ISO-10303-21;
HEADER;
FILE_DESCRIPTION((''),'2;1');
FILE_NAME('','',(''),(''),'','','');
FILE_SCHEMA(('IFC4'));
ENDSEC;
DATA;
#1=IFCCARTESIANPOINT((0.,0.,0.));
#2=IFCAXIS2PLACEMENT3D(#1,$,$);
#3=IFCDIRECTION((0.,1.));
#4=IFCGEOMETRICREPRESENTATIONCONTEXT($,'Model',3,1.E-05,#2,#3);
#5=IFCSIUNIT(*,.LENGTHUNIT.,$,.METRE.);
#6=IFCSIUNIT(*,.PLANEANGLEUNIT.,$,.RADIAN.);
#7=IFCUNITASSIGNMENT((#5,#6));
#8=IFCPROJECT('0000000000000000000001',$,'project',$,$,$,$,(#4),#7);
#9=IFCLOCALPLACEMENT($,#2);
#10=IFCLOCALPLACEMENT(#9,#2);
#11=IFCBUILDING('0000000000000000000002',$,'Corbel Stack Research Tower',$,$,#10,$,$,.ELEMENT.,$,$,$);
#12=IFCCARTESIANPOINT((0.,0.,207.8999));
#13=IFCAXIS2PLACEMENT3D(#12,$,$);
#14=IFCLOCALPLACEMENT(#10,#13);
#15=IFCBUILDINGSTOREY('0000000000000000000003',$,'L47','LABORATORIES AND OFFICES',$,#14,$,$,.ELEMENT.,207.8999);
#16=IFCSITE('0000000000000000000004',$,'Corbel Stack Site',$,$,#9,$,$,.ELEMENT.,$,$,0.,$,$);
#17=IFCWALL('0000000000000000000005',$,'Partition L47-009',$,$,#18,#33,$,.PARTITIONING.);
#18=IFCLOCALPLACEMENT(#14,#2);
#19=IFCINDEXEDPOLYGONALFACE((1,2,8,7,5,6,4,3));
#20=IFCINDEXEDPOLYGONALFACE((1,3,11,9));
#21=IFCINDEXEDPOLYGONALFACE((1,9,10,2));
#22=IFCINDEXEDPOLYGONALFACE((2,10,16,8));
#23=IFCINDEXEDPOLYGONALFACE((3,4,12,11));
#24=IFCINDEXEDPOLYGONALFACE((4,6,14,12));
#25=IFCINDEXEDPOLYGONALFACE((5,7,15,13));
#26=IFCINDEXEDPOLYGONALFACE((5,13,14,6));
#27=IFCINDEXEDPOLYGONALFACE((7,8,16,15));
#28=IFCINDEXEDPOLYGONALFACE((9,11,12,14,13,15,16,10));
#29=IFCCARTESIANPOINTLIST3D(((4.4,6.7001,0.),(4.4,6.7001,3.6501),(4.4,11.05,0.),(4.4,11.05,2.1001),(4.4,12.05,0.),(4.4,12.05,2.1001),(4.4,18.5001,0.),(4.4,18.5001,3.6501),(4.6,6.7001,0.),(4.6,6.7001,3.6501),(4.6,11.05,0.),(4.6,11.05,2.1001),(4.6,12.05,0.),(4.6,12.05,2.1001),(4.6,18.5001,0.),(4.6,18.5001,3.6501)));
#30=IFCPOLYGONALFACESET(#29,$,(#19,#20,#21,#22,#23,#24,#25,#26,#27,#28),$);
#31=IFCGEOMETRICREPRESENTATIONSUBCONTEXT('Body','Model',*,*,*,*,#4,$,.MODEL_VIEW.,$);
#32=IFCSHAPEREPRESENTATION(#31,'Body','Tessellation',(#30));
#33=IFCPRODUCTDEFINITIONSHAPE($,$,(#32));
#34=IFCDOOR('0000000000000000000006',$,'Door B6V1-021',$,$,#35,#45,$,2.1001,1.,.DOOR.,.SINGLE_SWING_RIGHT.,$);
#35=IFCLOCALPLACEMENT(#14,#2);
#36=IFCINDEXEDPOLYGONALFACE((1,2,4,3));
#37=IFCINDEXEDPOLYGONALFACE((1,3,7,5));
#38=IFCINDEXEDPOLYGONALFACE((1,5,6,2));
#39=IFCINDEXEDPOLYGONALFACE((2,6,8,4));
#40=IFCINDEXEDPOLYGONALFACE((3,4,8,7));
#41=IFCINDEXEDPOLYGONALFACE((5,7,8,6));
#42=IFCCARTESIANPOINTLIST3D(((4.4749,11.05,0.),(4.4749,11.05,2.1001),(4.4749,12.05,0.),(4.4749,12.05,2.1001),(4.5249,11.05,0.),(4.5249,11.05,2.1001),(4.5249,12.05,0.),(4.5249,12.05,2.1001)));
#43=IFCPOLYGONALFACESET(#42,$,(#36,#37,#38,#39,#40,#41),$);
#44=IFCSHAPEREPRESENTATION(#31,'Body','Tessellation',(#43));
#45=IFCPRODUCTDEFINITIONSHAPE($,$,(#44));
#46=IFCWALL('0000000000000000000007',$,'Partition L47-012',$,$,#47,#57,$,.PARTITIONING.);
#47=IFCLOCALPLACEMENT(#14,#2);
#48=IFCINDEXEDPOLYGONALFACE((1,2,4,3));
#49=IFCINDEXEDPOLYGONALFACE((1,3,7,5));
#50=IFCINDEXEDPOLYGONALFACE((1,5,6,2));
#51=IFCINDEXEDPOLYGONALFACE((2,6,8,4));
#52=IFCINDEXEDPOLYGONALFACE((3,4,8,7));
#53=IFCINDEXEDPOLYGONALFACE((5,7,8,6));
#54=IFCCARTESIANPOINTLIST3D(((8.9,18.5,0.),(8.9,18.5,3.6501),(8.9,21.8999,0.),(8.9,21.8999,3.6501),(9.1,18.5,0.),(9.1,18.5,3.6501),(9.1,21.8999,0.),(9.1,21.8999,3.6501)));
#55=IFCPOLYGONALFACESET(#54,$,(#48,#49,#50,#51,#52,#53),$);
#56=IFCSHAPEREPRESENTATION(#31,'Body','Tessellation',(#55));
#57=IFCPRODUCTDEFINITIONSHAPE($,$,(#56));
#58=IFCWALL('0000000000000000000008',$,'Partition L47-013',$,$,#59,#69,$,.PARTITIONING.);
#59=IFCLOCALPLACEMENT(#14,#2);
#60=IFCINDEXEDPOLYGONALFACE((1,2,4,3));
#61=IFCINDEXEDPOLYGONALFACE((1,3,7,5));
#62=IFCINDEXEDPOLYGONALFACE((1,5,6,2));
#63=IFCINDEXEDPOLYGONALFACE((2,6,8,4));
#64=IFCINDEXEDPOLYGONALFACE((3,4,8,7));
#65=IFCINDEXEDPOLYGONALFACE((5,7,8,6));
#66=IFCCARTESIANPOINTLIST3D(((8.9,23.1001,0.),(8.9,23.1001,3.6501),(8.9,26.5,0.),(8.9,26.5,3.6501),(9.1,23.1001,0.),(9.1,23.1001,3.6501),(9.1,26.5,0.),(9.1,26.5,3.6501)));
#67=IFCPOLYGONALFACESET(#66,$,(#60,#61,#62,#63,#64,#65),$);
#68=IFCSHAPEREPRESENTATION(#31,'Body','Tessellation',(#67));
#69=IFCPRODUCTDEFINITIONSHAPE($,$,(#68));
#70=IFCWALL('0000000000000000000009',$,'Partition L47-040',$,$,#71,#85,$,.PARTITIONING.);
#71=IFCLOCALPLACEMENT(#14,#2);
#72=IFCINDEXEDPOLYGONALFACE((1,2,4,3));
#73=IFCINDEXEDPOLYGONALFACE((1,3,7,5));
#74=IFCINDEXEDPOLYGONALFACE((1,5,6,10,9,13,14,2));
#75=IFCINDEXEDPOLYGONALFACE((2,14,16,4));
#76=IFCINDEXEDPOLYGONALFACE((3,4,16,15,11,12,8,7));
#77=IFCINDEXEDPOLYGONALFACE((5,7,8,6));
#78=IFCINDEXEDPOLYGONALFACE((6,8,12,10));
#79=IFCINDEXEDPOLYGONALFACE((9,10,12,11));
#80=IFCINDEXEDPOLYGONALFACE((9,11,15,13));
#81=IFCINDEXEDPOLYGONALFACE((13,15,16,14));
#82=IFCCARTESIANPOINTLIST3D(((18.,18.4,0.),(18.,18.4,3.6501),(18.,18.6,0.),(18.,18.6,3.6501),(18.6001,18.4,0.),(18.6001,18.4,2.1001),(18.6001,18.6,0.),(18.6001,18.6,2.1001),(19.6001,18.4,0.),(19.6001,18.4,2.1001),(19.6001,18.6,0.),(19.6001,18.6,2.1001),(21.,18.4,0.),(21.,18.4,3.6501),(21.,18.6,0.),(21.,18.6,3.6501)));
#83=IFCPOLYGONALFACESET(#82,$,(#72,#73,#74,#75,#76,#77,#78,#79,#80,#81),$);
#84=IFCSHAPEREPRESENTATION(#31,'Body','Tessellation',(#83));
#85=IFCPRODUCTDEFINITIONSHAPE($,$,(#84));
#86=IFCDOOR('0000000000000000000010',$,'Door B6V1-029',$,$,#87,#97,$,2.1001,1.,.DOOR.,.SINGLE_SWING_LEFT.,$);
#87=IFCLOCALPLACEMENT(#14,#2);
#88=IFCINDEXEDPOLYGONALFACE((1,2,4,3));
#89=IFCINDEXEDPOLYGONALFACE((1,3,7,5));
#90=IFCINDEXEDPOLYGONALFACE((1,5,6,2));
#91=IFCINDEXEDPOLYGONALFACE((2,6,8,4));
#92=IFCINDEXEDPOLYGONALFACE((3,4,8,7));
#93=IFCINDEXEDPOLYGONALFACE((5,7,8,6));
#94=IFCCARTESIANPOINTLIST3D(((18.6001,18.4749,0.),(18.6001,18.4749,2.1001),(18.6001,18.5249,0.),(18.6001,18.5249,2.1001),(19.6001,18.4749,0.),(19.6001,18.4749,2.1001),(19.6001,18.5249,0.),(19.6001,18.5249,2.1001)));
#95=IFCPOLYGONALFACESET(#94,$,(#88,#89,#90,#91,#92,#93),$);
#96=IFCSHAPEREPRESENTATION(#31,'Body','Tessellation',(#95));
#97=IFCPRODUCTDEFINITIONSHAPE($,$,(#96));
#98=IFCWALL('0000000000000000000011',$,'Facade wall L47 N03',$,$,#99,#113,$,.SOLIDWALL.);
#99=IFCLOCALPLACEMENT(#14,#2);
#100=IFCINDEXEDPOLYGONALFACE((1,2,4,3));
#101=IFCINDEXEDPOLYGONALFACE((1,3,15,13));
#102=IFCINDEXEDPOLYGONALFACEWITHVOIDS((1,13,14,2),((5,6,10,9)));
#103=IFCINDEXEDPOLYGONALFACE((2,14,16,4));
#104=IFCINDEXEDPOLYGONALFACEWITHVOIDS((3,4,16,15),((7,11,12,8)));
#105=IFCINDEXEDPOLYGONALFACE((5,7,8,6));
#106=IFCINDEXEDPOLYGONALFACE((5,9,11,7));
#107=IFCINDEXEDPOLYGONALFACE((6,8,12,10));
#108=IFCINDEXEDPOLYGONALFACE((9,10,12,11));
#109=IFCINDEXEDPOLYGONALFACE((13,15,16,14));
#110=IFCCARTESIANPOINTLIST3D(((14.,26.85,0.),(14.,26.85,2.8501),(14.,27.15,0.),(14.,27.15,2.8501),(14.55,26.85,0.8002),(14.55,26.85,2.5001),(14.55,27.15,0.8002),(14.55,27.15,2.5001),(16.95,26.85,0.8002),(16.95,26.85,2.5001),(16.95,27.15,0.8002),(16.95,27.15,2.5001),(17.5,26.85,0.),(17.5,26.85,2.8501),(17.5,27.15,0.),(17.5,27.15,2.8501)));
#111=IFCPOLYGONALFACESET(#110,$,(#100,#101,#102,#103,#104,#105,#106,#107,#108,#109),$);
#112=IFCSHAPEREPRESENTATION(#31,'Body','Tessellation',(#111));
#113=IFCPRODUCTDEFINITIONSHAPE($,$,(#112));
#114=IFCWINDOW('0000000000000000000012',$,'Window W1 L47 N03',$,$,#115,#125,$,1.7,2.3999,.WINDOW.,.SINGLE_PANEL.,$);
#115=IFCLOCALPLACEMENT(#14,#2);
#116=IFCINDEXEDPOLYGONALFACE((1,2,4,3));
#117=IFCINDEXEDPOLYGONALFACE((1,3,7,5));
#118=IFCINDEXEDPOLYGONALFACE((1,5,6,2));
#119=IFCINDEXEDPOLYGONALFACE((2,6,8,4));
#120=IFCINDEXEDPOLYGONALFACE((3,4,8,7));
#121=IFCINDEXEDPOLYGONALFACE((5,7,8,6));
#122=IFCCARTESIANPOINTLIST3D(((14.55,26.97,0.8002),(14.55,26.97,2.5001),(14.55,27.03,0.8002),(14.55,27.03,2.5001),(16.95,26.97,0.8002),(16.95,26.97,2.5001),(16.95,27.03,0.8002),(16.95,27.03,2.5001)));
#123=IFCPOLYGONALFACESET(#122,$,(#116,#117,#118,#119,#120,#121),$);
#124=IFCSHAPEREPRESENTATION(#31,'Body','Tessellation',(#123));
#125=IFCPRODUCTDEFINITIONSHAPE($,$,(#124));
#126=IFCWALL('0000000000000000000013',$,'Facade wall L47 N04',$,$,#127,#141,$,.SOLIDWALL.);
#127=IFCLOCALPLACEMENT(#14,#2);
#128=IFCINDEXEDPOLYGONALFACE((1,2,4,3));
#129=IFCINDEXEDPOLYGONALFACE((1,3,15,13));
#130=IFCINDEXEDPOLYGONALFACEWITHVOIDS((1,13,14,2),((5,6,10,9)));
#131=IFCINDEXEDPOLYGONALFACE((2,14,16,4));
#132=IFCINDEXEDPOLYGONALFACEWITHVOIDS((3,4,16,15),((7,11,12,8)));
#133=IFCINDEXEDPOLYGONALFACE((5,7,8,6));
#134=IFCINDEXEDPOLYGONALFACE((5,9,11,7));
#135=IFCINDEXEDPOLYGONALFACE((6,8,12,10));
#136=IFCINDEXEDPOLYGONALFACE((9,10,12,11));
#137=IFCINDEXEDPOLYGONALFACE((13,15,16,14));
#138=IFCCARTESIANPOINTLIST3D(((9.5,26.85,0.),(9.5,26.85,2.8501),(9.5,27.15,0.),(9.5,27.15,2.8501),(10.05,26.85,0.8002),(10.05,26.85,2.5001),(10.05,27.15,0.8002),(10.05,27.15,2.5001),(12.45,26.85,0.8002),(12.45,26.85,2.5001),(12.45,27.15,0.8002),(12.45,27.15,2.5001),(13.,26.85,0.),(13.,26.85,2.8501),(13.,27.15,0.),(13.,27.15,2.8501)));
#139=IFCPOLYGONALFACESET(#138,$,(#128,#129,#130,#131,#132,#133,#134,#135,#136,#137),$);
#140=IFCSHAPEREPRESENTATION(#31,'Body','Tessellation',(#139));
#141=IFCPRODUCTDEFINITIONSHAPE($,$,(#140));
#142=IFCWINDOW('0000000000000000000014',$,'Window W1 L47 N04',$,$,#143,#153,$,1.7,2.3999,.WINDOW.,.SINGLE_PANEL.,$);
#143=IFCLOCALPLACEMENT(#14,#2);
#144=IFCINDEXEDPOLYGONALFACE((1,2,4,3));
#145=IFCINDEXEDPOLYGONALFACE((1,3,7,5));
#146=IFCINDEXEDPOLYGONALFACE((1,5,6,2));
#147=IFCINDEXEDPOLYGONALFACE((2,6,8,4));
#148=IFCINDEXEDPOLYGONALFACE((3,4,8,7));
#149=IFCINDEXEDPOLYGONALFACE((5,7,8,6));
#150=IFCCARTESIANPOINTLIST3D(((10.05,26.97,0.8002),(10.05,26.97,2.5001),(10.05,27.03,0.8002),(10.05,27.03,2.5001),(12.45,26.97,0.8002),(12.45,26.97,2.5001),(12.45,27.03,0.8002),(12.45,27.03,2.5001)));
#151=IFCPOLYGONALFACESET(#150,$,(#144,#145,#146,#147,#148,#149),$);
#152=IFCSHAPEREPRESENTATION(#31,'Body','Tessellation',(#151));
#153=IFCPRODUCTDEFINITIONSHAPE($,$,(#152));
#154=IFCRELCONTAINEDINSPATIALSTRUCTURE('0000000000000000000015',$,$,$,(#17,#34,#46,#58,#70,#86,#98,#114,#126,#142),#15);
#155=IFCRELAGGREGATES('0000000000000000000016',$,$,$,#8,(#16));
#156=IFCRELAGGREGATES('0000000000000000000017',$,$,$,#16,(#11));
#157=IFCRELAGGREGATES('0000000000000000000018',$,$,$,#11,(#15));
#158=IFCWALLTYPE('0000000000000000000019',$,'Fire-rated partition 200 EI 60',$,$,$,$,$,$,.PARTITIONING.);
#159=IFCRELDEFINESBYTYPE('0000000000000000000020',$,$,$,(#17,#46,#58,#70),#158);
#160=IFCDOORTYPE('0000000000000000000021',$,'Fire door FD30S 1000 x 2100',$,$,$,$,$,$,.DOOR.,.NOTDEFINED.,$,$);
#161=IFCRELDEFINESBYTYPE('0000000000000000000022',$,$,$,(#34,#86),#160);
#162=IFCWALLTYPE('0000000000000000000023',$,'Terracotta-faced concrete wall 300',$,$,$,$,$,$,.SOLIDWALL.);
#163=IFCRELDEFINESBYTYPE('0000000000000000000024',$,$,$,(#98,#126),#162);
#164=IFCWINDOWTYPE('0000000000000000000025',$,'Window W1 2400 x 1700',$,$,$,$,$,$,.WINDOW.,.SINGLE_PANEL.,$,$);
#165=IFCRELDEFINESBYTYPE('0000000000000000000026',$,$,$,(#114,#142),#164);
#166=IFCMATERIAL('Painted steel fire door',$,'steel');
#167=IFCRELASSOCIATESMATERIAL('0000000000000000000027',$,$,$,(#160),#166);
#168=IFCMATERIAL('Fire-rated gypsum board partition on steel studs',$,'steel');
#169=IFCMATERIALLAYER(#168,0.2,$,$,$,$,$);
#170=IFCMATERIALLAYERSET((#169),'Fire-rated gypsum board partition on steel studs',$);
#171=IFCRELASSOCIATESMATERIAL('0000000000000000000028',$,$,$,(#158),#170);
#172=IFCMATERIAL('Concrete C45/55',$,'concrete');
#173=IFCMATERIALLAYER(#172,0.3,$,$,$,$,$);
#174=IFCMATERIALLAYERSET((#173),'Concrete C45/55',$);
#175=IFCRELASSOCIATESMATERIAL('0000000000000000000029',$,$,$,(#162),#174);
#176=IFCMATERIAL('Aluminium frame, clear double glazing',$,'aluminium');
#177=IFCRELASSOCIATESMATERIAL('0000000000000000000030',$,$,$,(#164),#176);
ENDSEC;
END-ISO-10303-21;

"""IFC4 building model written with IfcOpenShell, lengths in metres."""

from ifc_helpers import new_model, si_unit, direction, frame, frame_2d, origin, place, context, subcontext, project, spatial, rectangle, extrude, material, layer, layer_set, type_object, element, fill, save


model = new_model("IFC4")

# Units and contexts
model_context = context("Model", 3, precision=1e-05, world=origin(), true_north=direction((0.0, 1.0)))
body_context = subcontext(model_context, "Body", "Model", "MODEL_VIEW")
ifc_project = project(units=[si_unit("LENGTHUNIT", "METRE"), si_unit("PLANEANGLEUNIT", "RADIAN")], contexts=[model_context])

# Site, building, storey
site_placement = place(None, origin())
site = spatial("IfcSite", under=ifc_project, at=site_placement, Name="Corbel Stack Site", CompositionType="ELEMENT", RefElevation=0.0)
building_placement = place(site_placement, origin())
building = spatial("IfcBuilding", under=site, at=building_placement, Name="Corbel Stack Research Tower", CompositionType="ELEMENT")
storey_placement = place(building_placement, frame((0.0, 0.0, 207.8999)))
storey = spatial("IfcBuildingStorey", under=building, at=storey_placement, Name="L47", Description="LABORATORIES AND OFFICES", CompositionType="ELEMENT", Elevation=207.8999)

# Wall, opening, door
ifc_material_1 = material(Name="Painted steel fire door", Category="steel")
door_type = type_object("IfcDoorType", Name="Fire door FD30S 1000 x 2100", OperationType="NOTDEFINED", PredefinedType="DOOR", material=ifc_material_1)
ifc_material_2 = material(Name="Fire-rated gypsum board partition on steel studs", Category="steel")
ifc_layer_1 = layer(ifc_material_2, 0.2)
ifc_layer_set_1 = layer_set([ifc_layer_1], Name="Fire-rated gypsum board partition on steel studs")
wall_type_1 = type_object("IfcWallType", Name="Fire-rated partition 200 EI 60", PredefinedType="PARTITIONING", material=ifc_layer_set_1)
wall_1_placement = place(storey_placement, frame((4.5, 18.5, 0.0), z_axis=(0.0, 0.0, 1.0), x_axis=(0.0, -1.0, 0.0)))
wall_1 = element("IfcWall", 1, at=wall_1_placement, inside=storey, type_object=wall_type_1, Name="Partition L47-009", PredefinedType="PARTITIONING", context=body_context, shape_type="SweptSolid", body=[
    extrude(rectangle(XDim=11.8, YDim=0.2, at=frame_2d((5.8999, 0.0))), origin(), (0.0, 0.0, 1.0), 3.6501),
])
opening_1_placement = place(wall_1_placement, frame((6.45, 0.0, 0.0)))
opening_1 = element("IfcOpeningElement", 2, at=opening_1_placement, cuts=wall_1, PredefinedType="OPENING", context=body_context, shape_type="SweptSolid", body=[
    extrude(rectangle(XDim=1.0, YDim=2.1001, at=frame_2d((0.5, 1.05))), frame((0.0, 0.1099, 0.0), z_axis=(0.0, -1.0, 0.0), x_axis=(1.0, 0.0, 0.0)), (0.0, 0.0, 1.0), 0.22),
])
door_1_placement = place(opening_1_placement, origin())
door_1 = element("IfcDoor", 3, at=door_1_placement, inside=storey, type_object=door_type, Name="Door B6V1-021", OperationType="SINGLE_SWING_RIGHT", OverallHeight=2.1001, OverallWidth=1.0, PredefinedType="DOOR", context=body_context, shape_type="SweptSolid", body=[
    extrude(rectangle(XDim=1.0, YDim=2.1001, at=frame_2d((0.5, 1.05))), frame((0.0, 0.0249, 0.0), z_axis=(0.0, -1.0, 0.0), x_axis=(1.0, 0.0, 0.0)), (0.0, 0.0, 1.0), 0.05),
])
fill(opening_1, door_1)

# Walls
for number, where, z_axis, x_axis, name in (
    (4, (9.0, 18.5, 0.0), (0.0, 0.0, 1.0), (0.0, 1.0, 0.0), "Partition L47-012"),
    (5, (9.0, 23.1001, 0.0), (0.0, 0.0, 1.0), (0.0, 1.0, 0.0), "Partition L47-013"),
):
    element("IfcWall", number, at=place(storey_placement, frame(where, z_axis=z_axis, x_axis=x_axis)), inside=storey, type_object=wall_type_1, Name=name, PredefinedType="PARTITIONING", context=body_context, shape_type="SweptSolid", body=[
        extrude(rectangle(XDim=3.3999, YDim=0.2, at=frame_2d((1.7, 0.0))), origin(), (0.0, 0.0, 1.0), 3.6501),
    ])

# Wall, opening, door
wall_2_placement = place(storey_placement, frame((18.0, 18.5, 0.0), z_axis=(0.0, 0.0, 1.0), x_axis=(1.0, 0.0, 0.0)))
wall_2 = element("IfcWall", 6, at=wall_2_placement, inside=storey, type_object=wall_type_1, Name="Partition L47-040", PredefinedType="PARTITIONING", context=body_context, shape_type="SweptSolid", body=[
    extrude(rectangle(XDim=3.0, YDim=0.2, at=frame_2d((1.5, 0.0))), origin(), (0.0, 0.0, 1.0), 3.6501),
])
opening_2_placement = place(wall_2_placement, frame((0.6001, 0.0, 0.0)))
opening_2 = element("IfcOpeningElement", 7, at=opening_2_placement, cuts=wall_2, PredefinedType="OPENING", context=body_context, shape_type="SweptSolid", body=[
    extrude(rectangle(XDim=1.0, YDim=2.1001, at=frame_2d((0.5, 1.05))), frame((0.0, 0.1099, 0.0), z_axis=(0.0, -1.0, 0.0), x_axis=(1.0, 0.0, 0.0)), (0.0, 0.0, 1.0), 0.22),
])
door_2_placement = place(opening_2_placement, origin())
door_2 = element("IfcDoor", 8, at=door_2_placement, inside=storey, type_object=door_type, Name="Door B6V1-029", OperationType="SINGLE_SWING_LEFT", OverallHeight=2.1001, OverallWidth=1.0, PredefinedType="DOOR", context=body_context, shape_type="SweptSolid", body=[
    extrude(rectangle(XDim=1.0, YDim=2.1001, at=frame_2d((0.5, 1.05))), frame((0.0, 0.0249, 0.0), z_axis=(0.0, -1.0, 0.0), x_axis=(1.0, 0.0, 0.0)), (0.0, 0.0, 1.0), 0.05),
])
fill(opening_2, door_2)

# Walls, openings, windows
ifc_material_3 = material(Name="Concrete C45/55", Category="concrete")
ifc_layer_2 = layer(ifc_material_3, 0.3)
ifc_layer_set_2 = layer_set([ifc_layer_2], Name="Concrete C45/55")
wall_type_2 = type_object("IfcWallType", Name="Terracotta-faced concrete wall 300", PredefinedType="SOLIDWALL", material=ifc_layer_set_2)
wall_3_placement = place(storey_placement, frame((14.0, 27.0, 0.0), z_axis=(0.0, 0.0, 1.0), x_axis=(1.0, 0.0, 0.0)))
wall_3 = element("IfcWall", 9, at=wall_3_placement, inside=storey, type_object=wall_type_2, Name="Facade wall L47 N03", PredefinedType="SOLIDWALL", context=body_context, shape_type="SweptSolid", body=[
    extrude(rectangle(XDim=3.5, YDim=0.3, at=frame_2d((1.75, 0.0))), origin(), (0.0, 0.0, 1.0), 2.8501),
])
opening_3_placement = place(wall_3_placement, frame((0.55, 0.0, 0.8)))
opening_3 = element("IfcOpeningElement", 10, at=opening_3_placement, cuts=wall_3, PredefinedType="OPENING", context=body_context, shape_type="SweptSolid", body=[
    extrude(rectangle(XDim=2.3999, YDim=1.7, at=frame_2d((1.2, 0.8501))), frame((0.0, 0.1599, 0.0), z_axis=(0.0, -1.0, 0.0), x_axis=(1.0, 0.0, 0.0)), (0.0, 0.0, 1.0), 0.3201),
])
ifc_material_4 = material(Name="Aluminium frame, clear double glazing", Category="aluminium")
window_type = type_object("IfcWindowType", Name="Window W1 2400 x 1700", PartitioningType="SINGLE_PANEL", PredefinedType="WINDOW", material=ifc_material_4)
window_1_placement = place(opening_3_placement, origin())
window_1 = element("IfcWindow", 11, at=window_1_placement, inside=storey, type_object=window_type, Name="Window W1 L47 N03", OverallHeight=1.7, OverallWidth=2.3999, PartitioningType="SINGLE_PANEL", PredefinedType="WINDOW", context=body_context, shape_type="SweptSolid", body=[
    extrude(rectangle(XDim=2.3999, YDim=1.7, at=frame_2d((1.2, 0.8501))), frame((0.0, 0.03, 0.0), z_axis=(0.0, -1.0, 0.0), x_axis=(1.0, 0.0, 0.0)), (0.0, 0.0, 1.0), 0.0601),
])
fill(opening_3, window_1)
wall_4_placement = place(storey_placement, frame((9.5, 27.0, 0.0), z_axis=(0.0, 0.0, 1.0), x_axis=(1.0, 0.0, 0.0)))
wall_4 = element("IfcWall", 12, at=wall_4_placement, inside=storey, type_object=wall_type_2, Name="Facade wall L47 N04", PredefinedType="SOLIDWALL", context=body_context, shape_type="SweptSolid", body=[
    extrude(rectangle(XDim=3.5, YDim=0.3, at=frame_2d((1.75, 0.0))), origin(), (0.0, 0.0, 1.0), 2.8501),
])
opening_4_placement = place(wall_4_placement, frame((0.55, 0.0, 0.8)))
opening_4 = element("IfcOpeningElement", 13, at=opening_4_placement, cuts=wall_4, PredefinedType="OPENING", context=body_context, shape_type="SweptSolid", body=[
    extrude(rectangle(XDim=2.3999, YDim=1.7, at=frame_2d((1.2, 0.8501))), frame((0.0, 0.1599, 0.0), z_axis=(0.0, -1.0, 0.0), x_axis=(1.0, 0.0, 0.0)), (0.0, 0.0, 1.0), 0.3201),
])
window_2_placement = place(opening_4_placement, origin())
window_2 = element("IfcWindow", 14, at=window_2_placement, inside=storey, type_object=window_type, Name="Window W1 L47 N04", OverallHeight=1.7, OverallWidth=2.3999, PartitioningType="SINGLE_PANEL", PredefinedType="WINDOW", context=body_context, shape_type="SweptSolid", body=[
    extrude(rectangle(XDim=2.3999, YDim=1.7, at=frame_2d((1.2, 0.8501))), frame((0.0, 0.03, 0.0), z_axis=(0.0, -1.0, 0.0), x_axis=(1.0, 0.0, 0.0)), (0.0, 0.0, 1.0), 0.0601),
])
fill(opening_4, window_2)

save(model, "model.ifc")
